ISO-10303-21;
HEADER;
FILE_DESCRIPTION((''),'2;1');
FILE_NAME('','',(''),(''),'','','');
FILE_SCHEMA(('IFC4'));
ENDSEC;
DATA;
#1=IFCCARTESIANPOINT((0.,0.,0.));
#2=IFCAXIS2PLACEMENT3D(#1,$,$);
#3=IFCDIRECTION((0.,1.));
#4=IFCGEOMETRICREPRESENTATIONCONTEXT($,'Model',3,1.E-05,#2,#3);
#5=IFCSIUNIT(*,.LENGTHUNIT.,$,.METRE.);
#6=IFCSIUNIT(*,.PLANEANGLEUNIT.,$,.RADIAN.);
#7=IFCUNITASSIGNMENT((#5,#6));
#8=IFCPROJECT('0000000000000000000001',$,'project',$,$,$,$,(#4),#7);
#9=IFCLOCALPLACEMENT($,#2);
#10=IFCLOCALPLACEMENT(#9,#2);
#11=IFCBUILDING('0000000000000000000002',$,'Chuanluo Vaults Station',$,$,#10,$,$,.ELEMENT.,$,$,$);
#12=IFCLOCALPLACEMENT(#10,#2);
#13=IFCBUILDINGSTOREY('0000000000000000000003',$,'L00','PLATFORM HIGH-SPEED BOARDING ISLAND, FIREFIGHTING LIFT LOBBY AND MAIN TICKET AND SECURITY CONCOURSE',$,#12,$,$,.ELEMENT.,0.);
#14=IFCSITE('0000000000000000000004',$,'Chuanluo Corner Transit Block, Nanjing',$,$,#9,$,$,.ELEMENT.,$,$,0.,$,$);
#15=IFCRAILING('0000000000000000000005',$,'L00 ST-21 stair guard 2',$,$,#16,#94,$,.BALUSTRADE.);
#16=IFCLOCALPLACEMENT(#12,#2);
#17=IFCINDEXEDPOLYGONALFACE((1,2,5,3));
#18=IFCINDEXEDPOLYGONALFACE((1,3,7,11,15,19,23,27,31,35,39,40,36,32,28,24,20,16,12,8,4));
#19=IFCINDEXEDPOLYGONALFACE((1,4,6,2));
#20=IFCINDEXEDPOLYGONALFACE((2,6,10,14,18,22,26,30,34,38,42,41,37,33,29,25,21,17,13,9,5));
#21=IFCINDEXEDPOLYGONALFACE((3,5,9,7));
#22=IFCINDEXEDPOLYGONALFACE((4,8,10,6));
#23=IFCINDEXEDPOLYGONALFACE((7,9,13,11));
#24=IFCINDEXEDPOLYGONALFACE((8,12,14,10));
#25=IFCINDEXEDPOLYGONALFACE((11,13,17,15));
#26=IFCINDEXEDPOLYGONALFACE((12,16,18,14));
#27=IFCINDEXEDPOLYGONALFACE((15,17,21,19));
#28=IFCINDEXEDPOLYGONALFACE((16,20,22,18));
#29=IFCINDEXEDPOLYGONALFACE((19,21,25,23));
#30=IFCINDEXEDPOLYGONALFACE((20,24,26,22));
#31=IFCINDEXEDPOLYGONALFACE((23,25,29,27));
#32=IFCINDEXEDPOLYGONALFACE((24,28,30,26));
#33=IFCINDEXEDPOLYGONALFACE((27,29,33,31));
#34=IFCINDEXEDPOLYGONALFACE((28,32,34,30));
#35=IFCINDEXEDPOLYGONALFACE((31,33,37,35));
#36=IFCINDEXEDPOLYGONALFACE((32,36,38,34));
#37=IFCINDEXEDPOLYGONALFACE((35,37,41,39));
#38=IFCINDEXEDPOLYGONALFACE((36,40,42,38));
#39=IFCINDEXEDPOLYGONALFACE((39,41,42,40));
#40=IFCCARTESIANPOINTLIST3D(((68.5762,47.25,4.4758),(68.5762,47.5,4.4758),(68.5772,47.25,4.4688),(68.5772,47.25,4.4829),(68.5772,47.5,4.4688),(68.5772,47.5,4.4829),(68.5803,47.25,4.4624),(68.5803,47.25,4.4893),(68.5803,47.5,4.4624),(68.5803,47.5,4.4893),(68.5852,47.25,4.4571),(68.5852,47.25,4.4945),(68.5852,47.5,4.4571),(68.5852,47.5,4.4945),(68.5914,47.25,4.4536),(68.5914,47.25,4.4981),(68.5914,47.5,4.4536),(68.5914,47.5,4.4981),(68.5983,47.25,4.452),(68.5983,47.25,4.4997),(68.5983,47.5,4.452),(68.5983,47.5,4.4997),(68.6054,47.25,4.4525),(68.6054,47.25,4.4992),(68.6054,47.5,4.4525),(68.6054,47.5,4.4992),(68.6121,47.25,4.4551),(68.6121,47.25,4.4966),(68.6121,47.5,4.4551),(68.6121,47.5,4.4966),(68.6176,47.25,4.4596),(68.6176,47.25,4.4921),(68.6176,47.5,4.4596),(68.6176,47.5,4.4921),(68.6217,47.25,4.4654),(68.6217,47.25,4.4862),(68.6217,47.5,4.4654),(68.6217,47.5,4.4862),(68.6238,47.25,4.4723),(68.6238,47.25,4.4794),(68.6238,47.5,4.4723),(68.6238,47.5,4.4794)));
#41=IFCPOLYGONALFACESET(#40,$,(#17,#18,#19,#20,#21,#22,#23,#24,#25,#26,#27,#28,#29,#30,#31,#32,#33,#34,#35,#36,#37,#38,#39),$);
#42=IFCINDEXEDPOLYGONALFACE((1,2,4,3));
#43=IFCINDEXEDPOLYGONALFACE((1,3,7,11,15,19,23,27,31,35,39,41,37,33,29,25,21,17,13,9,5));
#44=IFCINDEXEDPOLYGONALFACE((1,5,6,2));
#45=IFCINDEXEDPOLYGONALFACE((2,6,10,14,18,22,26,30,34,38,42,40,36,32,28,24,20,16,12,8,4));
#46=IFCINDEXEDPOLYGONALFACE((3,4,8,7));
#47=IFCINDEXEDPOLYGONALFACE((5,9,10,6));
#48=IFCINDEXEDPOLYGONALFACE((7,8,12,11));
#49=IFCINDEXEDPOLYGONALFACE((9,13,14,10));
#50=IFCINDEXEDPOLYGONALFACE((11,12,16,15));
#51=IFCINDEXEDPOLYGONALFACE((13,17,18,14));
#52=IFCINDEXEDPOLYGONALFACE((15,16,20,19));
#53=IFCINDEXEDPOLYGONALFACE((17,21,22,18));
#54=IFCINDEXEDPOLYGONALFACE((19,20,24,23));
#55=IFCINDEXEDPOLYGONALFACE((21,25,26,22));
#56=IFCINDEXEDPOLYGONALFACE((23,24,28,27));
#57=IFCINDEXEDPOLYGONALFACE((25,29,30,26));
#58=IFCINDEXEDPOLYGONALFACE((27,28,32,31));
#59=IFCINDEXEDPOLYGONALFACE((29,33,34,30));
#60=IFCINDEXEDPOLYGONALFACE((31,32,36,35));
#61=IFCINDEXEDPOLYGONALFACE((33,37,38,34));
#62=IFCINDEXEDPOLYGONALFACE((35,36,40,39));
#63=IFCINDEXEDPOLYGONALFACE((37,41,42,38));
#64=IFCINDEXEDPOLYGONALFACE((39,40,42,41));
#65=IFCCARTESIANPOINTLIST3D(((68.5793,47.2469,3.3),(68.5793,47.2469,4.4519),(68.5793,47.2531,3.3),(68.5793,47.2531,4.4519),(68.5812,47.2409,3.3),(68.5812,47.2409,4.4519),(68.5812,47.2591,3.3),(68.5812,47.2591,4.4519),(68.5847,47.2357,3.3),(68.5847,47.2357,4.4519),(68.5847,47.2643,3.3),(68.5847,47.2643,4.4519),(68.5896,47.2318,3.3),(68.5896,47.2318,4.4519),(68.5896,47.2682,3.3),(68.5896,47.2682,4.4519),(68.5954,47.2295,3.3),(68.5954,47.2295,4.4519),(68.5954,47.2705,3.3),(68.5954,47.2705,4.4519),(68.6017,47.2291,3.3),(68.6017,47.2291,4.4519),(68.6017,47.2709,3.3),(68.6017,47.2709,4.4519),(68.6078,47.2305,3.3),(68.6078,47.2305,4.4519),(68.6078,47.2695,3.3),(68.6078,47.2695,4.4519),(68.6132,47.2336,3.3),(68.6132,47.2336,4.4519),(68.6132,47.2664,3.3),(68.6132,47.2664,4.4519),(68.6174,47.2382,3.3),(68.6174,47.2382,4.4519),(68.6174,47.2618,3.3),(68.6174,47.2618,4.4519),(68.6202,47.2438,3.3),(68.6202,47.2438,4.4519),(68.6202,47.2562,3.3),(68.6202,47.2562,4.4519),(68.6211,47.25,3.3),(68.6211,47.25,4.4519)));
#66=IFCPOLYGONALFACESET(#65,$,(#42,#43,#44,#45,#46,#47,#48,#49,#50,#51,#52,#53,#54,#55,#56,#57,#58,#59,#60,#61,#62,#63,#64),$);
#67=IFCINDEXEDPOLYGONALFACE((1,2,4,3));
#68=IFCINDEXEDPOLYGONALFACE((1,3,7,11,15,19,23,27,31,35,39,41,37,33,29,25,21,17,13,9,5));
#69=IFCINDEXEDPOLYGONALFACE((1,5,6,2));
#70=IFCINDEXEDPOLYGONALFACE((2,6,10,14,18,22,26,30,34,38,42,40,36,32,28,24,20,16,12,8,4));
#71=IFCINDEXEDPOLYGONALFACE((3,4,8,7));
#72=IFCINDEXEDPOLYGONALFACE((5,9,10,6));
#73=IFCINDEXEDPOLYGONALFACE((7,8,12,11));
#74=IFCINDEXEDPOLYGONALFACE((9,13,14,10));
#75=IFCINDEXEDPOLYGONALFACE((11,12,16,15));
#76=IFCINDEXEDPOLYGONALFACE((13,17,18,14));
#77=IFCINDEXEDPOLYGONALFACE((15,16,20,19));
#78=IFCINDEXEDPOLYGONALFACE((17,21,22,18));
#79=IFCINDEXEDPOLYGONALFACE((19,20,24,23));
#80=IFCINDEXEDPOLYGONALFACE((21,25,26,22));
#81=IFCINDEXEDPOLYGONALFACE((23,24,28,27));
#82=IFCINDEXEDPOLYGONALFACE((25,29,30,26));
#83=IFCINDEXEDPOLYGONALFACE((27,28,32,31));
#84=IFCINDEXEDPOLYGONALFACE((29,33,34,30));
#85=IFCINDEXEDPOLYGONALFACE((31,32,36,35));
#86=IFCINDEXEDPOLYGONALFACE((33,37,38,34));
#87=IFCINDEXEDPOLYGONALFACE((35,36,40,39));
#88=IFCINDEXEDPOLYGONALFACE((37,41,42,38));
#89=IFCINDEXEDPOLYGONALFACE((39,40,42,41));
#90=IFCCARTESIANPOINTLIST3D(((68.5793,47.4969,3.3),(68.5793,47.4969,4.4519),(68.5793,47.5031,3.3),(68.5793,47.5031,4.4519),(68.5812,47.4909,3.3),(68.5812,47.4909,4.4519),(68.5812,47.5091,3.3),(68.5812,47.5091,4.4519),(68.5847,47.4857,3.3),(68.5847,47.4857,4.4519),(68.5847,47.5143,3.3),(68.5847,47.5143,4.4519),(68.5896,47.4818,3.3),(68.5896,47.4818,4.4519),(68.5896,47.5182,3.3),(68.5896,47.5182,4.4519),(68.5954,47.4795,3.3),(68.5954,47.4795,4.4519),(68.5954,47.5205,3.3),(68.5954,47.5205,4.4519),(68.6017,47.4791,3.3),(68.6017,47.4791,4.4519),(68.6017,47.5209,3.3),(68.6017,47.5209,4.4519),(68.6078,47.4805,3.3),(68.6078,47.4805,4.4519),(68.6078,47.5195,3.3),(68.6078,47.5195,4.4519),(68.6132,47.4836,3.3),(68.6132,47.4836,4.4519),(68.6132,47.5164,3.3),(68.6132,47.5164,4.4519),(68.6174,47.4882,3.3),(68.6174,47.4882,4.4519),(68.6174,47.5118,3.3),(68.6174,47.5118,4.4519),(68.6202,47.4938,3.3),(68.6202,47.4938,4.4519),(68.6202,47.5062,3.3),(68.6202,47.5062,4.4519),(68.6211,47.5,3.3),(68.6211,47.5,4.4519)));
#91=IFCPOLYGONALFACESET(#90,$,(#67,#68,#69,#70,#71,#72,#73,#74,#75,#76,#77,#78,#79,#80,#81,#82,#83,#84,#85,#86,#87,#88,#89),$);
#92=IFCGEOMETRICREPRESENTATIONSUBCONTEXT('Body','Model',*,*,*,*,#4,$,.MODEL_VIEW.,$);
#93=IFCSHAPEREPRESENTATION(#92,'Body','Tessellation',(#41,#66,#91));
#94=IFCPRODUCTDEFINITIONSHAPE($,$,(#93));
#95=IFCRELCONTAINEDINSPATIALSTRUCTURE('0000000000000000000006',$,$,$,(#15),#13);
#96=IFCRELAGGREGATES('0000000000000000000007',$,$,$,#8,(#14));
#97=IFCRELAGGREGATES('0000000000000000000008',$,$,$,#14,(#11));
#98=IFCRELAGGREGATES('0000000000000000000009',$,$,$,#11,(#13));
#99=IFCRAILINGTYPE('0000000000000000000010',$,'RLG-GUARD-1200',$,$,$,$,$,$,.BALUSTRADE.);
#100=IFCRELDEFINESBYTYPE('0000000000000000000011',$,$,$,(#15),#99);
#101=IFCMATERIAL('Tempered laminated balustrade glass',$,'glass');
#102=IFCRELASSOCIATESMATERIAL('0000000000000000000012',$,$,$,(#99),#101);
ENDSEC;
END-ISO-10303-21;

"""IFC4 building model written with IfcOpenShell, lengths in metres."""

from ifc_helpers import new_model, si_unit, direction, frame, origin, origin_2d, place, context, subcontext, project, spatial, circle, extrude, material, type_object, element, save


model = new_model("IFC4")

# Units and contexts
model_context = context("Model", 3, precision=1e-05, world=origin(), true_north=direction((0.0, 1.0)))
body_context = subcontext(model_context, "Body", "Model", "MODEL_VIEW")
ifc_project = project(units=[si_unit("LENGTHUNIT", "METRE"), si_unit("PLANEANGLEUNIT", "RADIAN")], contexts=[model_context])

# Site, building, storey
site_placement = place(None, origin())
site = spatial("IfcSite", under=ifc_project, at=site_placement, Name="Chuanluo Corner Transit Block, Nanjing", CompositionType="ELEMENT", RefElevation=0.0)
building_placement = place(site_placement, origin())
building = spatial("IfcBuilding", under=site, at=building_placement, Name="Chuanluo Vaults Station", CompositionType="ELEMENT")
storey_placement = place(building_placement, origin())
storey = spatial("IfcBuildingStorey", under=building, at=storey_placement, Name="L00", Description="PLATFORM HIGH-SPEED BOARDING ISLAND, FIREFIGHTING LIFT LOBBY AND MAIN TICKET AND SECURITY CONCOURSE", CompositionType="ELEMENT", Elevation=0.0)

# Railing
ifc_material_1 = material(Name="Tempered laminated balustrade glass", Category="glass")
railing_type_1 = type_object("IfcRailingType", Name="RLG-GUARD-1200", PredefinedType="BALUSTRADE", material=ifc_material_1)
railing_1_placement = place(storey_placement, frame((68.6001, 47.25, 3.3)))
element("IfcRailing", 1, at=railing_1_placement, inside=storey, type_object=railing_type_1, Name="L00 ST-21 stair guard 2", PredefinedType="BALUSTRADE", context=body_context, shape_type="SweptSolid", body=[
    extrude(circle(Radius=0.0239, at=origin_2d()), frame((0.0, 0.0, 1.1758), z_axis=(0.0, 1.0, 0.0), x_axis=(-1.0, 0.0, 0.0)), (0.0, 0.0, 1.0), 0.25),
    extrude(circle(Radius=0.021, at=origin_2d()), origin(), (0.0, 0.0, 1.0), 1.1519),
    extrude(circle(Radius=0.021, at=origin_2d()), frame((0.0, 0.25, 0.0)), (0.0, 0.0, 1.0), 1.1519),
])

save(model, "model.ifc")
